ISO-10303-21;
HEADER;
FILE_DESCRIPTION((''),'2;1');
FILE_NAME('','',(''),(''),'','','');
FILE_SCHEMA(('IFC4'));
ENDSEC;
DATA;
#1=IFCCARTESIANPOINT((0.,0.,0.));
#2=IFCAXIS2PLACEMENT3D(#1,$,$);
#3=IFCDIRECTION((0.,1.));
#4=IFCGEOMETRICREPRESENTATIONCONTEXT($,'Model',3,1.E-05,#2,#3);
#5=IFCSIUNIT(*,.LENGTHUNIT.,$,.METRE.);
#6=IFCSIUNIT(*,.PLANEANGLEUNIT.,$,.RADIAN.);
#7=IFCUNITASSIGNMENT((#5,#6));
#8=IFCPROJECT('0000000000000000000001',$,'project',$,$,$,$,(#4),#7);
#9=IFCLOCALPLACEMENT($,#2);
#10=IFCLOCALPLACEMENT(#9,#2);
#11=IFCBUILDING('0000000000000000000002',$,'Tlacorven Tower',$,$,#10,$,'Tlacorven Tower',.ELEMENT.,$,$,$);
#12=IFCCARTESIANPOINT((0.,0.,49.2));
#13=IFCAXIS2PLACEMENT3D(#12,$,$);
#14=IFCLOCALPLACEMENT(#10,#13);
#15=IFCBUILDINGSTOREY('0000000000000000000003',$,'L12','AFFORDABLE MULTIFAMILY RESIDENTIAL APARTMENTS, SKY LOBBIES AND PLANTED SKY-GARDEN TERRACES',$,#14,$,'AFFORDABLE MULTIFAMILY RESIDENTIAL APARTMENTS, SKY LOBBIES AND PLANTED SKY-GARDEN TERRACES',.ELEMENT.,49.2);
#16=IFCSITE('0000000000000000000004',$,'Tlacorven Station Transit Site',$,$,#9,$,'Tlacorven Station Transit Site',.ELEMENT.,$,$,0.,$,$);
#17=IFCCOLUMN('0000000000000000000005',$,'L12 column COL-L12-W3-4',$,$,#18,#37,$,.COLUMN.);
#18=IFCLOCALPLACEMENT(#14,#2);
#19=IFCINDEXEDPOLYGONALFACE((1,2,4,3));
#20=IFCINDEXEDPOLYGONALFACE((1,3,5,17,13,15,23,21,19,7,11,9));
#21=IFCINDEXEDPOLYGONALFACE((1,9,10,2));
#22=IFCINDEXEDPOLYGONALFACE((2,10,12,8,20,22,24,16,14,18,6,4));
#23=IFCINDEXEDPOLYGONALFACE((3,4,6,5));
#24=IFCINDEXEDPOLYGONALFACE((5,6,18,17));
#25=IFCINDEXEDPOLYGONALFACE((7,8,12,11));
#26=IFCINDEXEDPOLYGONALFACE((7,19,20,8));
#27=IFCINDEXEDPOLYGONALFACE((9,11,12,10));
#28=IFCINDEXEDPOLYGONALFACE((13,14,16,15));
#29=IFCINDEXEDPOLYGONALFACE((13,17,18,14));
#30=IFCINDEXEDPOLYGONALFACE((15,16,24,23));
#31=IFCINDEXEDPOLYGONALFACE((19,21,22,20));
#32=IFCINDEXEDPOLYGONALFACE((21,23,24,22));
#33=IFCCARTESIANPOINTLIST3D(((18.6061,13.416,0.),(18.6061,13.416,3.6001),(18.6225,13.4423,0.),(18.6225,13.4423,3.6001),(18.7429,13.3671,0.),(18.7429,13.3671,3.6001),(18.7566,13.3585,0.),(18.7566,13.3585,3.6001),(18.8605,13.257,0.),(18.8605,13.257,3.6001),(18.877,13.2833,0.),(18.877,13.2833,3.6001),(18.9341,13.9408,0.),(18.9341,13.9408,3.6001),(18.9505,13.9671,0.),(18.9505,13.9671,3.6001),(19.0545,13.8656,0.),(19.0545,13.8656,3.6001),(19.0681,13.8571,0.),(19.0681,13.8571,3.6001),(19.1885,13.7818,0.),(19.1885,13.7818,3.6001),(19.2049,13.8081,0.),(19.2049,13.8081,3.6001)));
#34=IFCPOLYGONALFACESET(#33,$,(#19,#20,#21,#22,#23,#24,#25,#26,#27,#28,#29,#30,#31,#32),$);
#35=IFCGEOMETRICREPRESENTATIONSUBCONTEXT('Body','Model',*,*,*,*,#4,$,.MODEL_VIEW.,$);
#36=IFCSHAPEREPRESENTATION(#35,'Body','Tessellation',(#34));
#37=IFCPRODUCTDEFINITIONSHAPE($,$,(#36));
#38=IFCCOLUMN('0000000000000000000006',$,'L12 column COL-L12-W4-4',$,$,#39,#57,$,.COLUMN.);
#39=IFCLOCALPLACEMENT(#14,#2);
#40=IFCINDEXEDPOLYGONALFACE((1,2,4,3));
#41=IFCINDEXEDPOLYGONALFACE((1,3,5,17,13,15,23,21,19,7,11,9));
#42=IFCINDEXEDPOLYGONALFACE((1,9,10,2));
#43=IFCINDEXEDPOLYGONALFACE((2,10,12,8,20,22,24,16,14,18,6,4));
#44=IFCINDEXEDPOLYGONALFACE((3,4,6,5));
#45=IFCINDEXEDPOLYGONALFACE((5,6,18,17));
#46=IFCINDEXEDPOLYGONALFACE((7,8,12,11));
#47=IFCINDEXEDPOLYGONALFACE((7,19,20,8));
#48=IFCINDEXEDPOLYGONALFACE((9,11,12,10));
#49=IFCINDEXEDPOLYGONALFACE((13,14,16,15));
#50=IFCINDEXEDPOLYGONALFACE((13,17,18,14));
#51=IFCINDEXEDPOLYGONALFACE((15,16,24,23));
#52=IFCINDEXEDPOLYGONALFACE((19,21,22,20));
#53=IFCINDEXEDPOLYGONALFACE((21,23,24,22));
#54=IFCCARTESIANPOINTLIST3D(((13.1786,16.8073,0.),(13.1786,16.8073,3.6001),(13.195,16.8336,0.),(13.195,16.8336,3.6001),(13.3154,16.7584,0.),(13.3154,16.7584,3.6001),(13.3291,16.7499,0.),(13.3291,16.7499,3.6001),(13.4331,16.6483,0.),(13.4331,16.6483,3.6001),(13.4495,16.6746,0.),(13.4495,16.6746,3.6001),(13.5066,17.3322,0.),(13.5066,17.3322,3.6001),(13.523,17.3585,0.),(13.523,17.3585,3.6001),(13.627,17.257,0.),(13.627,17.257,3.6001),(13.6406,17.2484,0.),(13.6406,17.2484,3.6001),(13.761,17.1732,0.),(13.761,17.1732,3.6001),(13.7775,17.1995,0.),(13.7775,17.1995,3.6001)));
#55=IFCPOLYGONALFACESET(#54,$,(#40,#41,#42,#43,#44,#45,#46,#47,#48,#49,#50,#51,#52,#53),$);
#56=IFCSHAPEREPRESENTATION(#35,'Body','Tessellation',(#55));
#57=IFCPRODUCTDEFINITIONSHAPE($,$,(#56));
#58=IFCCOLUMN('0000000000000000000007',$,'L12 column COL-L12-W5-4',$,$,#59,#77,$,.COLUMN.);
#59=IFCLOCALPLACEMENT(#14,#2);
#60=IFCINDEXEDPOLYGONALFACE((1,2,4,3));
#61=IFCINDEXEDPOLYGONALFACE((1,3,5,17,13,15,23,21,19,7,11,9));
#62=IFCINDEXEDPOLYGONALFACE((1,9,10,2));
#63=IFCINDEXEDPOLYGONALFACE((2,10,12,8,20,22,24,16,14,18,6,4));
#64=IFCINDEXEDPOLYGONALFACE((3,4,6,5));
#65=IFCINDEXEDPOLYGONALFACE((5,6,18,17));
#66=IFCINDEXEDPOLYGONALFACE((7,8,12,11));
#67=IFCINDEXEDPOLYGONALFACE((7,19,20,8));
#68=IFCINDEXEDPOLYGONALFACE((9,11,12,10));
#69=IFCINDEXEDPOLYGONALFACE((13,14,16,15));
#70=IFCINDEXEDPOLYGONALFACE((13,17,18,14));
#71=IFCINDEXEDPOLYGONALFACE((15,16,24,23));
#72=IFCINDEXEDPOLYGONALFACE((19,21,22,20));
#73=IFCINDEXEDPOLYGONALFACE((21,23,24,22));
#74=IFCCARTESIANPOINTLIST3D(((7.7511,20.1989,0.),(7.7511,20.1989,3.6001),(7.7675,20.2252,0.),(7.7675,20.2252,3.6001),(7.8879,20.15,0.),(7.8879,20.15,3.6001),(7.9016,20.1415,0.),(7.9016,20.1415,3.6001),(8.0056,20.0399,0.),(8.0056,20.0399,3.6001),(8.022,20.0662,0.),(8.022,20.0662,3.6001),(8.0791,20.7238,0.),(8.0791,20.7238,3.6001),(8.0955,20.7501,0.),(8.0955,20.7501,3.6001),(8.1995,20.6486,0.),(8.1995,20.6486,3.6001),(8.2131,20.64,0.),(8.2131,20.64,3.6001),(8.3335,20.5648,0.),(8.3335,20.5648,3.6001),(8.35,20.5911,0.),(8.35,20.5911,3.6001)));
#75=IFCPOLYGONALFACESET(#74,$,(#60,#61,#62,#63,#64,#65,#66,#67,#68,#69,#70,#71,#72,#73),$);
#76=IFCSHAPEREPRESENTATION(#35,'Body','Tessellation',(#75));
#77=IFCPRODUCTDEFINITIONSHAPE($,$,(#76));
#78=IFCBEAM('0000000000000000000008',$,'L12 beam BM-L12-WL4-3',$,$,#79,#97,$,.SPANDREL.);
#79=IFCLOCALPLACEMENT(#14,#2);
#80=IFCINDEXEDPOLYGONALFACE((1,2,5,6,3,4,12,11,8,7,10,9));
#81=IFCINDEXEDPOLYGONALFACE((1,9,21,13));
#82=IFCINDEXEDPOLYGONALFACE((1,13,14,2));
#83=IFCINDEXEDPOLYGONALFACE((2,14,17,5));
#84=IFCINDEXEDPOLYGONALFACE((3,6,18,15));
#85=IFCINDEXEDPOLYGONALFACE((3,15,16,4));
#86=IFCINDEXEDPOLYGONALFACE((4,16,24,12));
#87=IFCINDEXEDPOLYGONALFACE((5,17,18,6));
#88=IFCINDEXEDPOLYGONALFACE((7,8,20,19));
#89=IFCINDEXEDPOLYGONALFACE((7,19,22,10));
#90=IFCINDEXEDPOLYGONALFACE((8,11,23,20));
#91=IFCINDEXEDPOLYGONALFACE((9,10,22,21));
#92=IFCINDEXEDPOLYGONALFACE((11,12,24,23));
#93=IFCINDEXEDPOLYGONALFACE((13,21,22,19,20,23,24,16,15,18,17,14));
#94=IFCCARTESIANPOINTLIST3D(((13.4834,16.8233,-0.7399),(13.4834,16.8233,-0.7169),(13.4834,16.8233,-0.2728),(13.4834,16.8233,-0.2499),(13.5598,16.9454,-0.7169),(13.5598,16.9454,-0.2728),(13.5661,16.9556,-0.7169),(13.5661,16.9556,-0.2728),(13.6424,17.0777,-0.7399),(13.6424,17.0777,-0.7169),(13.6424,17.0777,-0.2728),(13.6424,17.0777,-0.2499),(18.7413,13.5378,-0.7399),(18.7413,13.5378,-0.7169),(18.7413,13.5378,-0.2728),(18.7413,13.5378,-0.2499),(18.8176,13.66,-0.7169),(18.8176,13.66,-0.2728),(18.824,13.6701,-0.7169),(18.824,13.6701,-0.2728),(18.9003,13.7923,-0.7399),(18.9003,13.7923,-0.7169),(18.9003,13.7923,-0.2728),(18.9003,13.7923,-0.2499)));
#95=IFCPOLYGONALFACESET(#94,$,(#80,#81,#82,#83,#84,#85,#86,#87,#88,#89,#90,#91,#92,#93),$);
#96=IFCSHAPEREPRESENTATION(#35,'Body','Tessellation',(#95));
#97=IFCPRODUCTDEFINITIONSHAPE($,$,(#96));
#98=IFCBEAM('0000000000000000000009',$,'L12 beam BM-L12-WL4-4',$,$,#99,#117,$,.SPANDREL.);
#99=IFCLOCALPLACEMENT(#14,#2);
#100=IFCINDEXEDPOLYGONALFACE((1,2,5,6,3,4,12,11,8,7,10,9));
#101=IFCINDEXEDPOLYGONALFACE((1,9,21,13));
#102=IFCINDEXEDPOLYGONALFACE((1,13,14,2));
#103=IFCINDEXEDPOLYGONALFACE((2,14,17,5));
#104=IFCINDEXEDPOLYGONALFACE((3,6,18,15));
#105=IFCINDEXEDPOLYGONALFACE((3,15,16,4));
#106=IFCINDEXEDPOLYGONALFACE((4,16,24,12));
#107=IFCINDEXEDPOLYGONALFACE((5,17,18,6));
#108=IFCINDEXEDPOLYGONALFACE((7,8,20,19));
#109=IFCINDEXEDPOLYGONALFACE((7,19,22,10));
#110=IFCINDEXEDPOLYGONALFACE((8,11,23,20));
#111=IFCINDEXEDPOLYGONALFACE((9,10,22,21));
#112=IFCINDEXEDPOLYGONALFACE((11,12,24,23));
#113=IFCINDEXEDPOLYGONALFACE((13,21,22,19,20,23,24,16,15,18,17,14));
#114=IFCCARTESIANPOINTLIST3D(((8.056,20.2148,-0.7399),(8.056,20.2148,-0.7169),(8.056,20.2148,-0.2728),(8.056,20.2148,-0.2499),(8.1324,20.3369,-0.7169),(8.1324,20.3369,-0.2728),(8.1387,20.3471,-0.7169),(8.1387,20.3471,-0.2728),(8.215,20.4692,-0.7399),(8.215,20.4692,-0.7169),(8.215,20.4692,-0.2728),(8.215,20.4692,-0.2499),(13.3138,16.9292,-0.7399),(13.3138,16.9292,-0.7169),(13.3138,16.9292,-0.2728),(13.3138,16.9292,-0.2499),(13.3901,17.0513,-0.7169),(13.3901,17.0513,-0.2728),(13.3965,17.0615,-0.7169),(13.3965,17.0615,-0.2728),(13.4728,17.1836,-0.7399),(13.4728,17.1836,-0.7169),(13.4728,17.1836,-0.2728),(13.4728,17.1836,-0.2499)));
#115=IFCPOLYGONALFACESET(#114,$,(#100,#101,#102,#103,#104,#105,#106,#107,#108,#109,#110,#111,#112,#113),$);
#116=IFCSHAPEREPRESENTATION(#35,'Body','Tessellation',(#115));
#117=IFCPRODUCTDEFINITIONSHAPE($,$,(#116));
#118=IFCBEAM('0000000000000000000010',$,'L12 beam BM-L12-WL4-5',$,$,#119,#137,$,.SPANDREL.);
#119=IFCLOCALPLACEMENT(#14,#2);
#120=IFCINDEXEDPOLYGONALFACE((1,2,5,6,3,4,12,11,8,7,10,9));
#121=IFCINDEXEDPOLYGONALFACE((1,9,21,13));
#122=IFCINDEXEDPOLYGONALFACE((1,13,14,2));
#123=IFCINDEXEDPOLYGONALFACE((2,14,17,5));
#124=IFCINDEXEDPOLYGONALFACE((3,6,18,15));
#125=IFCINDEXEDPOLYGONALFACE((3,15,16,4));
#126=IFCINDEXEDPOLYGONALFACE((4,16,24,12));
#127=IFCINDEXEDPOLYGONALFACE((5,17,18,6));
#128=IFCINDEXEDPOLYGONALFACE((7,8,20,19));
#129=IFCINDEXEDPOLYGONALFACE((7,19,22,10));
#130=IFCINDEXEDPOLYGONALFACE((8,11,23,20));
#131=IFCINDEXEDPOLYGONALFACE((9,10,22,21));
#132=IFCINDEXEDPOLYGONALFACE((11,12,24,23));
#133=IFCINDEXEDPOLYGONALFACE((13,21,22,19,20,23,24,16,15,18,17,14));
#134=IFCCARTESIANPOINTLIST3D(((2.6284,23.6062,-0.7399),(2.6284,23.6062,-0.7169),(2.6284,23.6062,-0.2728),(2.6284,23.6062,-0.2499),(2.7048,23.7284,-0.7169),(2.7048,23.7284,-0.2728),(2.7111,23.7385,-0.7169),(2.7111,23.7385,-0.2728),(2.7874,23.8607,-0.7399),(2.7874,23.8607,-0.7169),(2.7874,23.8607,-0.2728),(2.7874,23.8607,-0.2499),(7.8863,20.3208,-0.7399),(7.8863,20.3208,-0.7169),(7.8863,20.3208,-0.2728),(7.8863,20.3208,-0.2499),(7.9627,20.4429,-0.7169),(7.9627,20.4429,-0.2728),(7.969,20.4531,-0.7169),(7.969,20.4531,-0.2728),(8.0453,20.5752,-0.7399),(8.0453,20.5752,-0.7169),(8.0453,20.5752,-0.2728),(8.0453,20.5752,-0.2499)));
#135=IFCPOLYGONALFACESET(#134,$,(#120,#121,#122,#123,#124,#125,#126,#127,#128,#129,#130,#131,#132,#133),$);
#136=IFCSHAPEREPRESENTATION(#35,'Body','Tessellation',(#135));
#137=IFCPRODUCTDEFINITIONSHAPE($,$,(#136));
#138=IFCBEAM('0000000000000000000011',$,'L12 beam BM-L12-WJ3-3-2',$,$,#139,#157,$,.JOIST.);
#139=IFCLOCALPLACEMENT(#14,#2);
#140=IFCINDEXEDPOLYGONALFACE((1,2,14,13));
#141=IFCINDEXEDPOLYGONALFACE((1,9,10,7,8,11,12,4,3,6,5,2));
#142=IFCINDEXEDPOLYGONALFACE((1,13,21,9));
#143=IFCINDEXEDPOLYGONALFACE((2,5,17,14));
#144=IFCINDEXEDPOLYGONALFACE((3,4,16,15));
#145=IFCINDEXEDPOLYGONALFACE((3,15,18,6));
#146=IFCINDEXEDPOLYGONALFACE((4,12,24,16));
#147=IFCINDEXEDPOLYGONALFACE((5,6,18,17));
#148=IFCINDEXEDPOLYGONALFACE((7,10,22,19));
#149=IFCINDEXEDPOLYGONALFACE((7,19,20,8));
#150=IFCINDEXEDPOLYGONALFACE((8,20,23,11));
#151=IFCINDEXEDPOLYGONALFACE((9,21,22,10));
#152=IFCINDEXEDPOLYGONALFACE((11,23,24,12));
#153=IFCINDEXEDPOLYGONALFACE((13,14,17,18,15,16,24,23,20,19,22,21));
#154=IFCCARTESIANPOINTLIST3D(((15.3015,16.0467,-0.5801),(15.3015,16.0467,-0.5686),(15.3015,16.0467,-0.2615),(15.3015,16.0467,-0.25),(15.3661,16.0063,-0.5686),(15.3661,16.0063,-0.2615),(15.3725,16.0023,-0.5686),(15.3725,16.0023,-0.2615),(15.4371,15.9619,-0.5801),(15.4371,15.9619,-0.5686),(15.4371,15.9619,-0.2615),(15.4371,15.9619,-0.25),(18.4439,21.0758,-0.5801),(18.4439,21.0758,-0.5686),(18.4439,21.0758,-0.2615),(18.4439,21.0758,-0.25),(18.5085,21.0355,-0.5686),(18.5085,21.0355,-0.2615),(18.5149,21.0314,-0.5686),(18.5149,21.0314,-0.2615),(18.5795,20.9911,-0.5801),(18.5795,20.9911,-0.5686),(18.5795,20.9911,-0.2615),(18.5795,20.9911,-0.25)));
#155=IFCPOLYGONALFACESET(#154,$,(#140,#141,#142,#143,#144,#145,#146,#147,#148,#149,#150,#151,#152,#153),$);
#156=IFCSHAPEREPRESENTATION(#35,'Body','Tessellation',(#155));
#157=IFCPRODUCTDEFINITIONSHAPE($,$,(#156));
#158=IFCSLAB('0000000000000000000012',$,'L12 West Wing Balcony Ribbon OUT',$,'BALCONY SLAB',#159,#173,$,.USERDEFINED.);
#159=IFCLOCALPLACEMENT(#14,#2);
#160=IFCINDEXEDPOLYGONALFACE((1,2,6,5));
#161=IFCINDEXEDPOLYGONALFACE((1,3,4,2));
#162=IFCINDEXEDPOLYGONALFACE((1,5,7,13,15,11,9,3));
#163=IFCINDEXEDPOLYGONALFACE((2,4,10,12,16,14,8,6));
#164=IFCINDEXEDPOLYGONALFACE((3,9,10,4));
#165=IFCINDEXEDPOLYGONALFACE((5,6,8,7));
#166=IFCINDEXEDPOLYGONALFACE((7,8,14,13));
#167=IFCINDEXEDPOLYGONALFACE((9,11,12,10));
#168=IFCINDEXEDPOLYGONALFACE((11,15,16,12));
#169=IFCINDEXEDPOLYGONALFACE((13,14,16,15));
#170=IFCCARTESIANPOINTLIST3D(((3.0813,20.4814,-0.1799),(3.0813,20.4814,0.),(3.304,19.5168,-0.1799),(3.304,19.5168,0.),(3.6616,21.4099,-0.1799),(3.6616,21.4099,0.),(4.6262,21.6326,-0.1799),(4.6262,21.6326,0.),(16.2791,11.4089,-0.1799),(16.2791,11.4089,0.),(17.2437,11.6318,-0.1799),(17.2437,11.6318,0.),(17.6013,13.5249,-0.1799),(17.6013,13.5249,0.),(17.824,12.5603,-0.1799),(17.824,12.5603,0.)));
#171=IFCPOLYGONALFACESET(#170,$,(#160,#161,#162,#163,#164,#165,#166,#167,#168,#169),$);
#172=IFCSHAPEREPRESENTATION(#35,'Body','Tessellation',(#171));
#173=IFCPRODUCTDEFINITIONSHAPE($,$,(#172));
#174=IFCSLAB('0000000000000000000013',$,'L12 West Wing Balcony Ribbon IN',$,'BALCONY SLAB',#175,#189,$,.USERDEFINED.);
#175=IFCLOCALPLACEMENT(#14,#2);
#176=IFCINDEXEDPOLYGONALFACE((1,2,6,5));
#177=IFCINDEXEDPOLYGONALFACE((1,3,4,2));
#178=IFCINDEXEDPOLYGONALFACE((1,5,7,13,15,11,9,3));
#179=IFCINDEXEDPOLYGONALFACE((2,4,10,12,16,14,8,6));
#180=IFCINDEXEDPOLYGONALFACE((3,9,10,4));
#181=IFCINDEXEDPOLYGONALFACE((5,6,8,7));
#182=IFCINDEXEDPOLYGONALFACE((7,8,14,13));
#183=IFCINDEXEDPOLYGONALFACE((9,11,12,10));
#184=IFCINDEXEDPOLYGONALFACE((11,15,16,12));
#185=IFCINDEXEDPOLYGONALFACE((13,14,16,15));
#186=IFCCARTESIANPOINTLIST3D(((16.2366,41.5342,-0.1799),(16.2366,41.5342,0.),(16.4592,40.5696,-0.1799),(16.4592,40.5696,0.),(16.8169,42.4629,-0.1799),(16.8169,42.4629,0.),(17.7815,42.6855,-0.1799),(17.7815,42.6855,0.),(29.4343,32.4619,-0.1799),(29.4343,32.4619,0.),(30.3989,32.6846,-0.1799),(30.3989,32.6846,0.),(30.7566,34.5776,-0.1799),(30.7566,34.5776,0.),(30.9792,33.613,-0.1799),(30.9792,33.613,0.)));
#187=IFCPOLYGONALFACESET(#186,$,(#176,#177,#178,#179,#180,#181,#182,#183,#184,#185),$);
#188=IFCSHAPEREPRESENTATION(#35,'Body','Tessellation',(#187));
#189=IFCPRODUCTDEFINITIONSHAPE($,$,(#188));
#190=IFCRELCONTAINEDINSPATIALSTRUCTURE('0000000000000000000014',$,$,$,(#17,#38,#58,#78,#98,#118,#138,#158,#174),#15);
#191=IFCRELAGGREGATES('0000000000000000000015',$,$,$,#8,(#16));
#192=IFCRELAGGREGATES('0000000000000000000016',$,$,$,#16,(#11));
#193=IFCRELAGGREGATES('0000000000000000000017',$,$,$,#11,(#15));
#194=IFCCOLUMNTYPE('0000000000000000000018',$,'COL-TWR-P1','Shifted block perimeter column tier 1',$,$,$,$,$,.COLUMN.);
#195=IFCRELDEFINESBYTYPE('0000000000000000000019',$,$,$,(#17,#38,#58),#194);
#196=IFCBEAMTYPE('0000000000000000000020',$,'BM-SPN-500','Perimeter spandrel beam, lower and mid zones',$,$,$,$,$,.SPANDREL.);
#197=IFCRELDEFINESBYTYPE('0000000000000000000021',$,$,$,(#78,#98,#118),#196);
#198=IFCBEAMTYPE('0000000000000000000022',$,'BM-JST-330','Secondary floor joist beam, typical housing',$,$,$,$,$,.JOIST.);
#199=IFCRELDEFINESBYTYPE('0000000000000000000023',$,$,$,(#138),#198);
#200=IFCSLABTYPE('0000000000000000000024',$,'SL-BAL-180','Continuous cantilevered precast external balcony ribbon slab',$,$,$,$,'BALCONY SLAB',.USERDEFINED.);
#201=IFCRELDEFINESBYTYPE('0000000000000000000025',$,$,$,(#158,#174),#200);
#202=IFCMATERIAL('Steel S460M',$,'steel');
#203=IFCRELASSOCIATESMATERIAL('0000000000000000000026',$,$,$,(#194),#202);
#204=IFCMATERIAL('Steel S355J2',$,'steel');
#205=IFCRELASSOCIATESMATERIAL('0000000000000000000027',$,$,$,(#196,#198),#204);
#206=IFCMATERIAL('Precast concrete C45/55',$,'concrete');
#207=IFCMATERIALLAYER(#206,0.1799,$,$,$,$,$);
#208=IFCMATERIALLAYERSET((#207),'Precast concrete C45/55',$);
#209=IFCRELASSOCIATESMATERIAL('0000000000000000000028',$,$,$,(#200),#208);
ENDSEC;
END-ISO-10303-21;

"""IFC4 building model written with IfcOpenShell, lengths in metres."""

from ifc_helpers import new_model, si_unit, direction, frame, origin, origin_2d, place, context, subcontext, project, spatial, polyline, i_section, outline, extrude, source, transform, mapped, material, layer, layer_set, material_profile, profile_set, type_object, element, save


model = new_model("IFC4")

# Units and contexts
model_context = context("Model", 3, precision=1e-05, world=origin(), true_north=direction((0.0, 1.0)))
body_context = subcontext(model_context, "Body", "Model", "MODEL_VIEW")
ifc_project = project(units=[si_unit("LENGTHUNIT", "METRE"), si_unit("PLANEANGLEUNIT", "RADIAN")], contexts=[model_context])

# Site, building, storey
site_placement = place(None, origin())
site = spatial("IfcSite", under=ifc_project, at=site_placement, Name="Tlacorven Station Transit Site", LongName="Tlacorven Station Transit Site", CompositionType="ELEMENT", RefElevation=0.0)
building_placement = place(site_placement, origin())
building = spatial("IfcBuilding", under=site, at=building_placement, Name="Tlacorven Tower", LongName="Tlacorven Tower", CompositionType="ELEMENT")
storey_placement = place(building_placement, frame((0.0, 0.0, 49.2)))
storey = spatial("IfcBuildingStorey", under=building, at=storey_placement, Name="L12", Description="AFFORDABLE MULTIFAMILY RESIDENTIAL APARTMENTS, SKY LOBBIES AND PLANTED SKY-GARDEN TERRACES", LongName="AFFORDABLE MULTIFAMILY RESIDENTIAL APARTMENTS, SKY LOBBIES AND PLANTED SKY-GARDEN TERRACES", CompositionType="ELEMENT", Elevation=49.2)

# Columns
ifc_material_1 = material(Name="Steel S460M", Category="steel")
ifc_material_profile_1 = material_profile(ifc_material_1, i_section(OverallWidth=0.3, OverallDepth=0.6499, WebThickness=0.0161, FlangeThickness=0.031, at=origin_2d()), Name="HEB 650")
ifc_profile_set_1 = profile_set([ifc_material_profile_1], Name="Steel S460M")
column_type = type_object("IfcColumnType", Name="COL-TWR-P1", Description="Shifted block perimeter column tier 1", PredefinedType="COLUMN", material=ifc_profile_set_1)
shared_shape_1 = source(origin(), body_context, "Body", "SweptSolid", [
    extrude(i_section(OverallWidth=0.3, OverallDepth=0.6499, WebThickness=0.0161, FlangeThickness=0.031, at=origin_2d()), origin(), (0.0, 0.0, 1.0), 3.6001),
])
for number, where, z_axis, x_axis, name in (
    (1, (18.9055, 13.6121, 0.0), (0.0, 0.0, 1.0), (-0.848048, 0.529919, 0.0), "L12 column COL-L12-W3-4"),
    (2, (13.478, 17.0034, 0.0), (0.0, 0.0, 1.0), (-0.848048, 0.529919, 0.0), "L12 column COL-L12-W4-4"),
    (3, (8.0505, 20.395, 0.0), (0.0, 0.0, 1.0), (-0.848048, 0.529919, 0.0), "L12 column COL-L12-W5-4"),
):
    element("IfcColumn", number, at=place(storey_placement, frame(where, z_axis=z_axis, x_axis=x_axis)), inside=storey, type_object=column_type, Name=name, PredefinedType="COLUMN", context=body_context, shape_type="MappedRepresentation", body=[
        mapped(shared_shape_1, transform((0.0, 0.0, 0.0), scale=1.0)),
    ])

# Beams
ifc_material_2 = material(Name="Steel S355J2", Category="steel")
ifc_material_profile_2 = material_profile(ifc_material_2, i_section(OverallWidth=0.3, OverallDepth=0.49, WebThickness=0.012, FlangeThickness=0.0229, at=origin_2d()), Name="HEA 500")
ifc_profile_set_2 = profile_set([ifc_material_profile_2], Name="Steel S355J2")
beam_type_1 = type_object("IfcBeamType", Name="BM-SPN-500", Description="Perimeter spandrel beam, lower and mid zones", PredefinedType="SPANDREL", material=ifc_profile_set_2)
shared_shape_2 = source(origin(), body_context, "Body", "SweptSolid", [
    extrude(i_section(OverallWidth=0.3, OverallDepth=0.49, WebThickness=0.012, FlangeThickness=0.0229, at=origin_2d()), origin(), (0.0, 0.0, 1.0), 6.2),
])
for number, where, z_axis, x_axis, name in (
    (4, (18.8208, 13.665, -0.4949), (-0.848051, 0.529914, 0.0), (-0.529914, -0.848051, 0.0), "L12 beam BM-L12-WL4-3"),
    (5, (13.3933, 17.0564, -0.4949), (-0.848034, 0.529942, 0.0), (-0.529942, -0.848034, 0.0), "L12 beam BM-L12-WL4-4"),
    (6, (7.9658, 20.448, -0.4949), (-0.848051, 0.529914, 0.0), (-0.529914, -0.848051, 0.0), "L12 beam BM-L12-WL4-5"),
):
    element("IfcBeam", number, at=place(storey_placement, frame(where, z_axis=z_axis, x_axis=x_axis)), inside=storey, type_object=beam_type_1, Name=name, PredefinedType="SPANDREL", context=body_context, shape_type="MappedRepresentation", body=[
        mapped(shared_shape_2, transform((0.0, 0.0, 0.0), scale=1.0)),
    ])
ifc_material_profile_3 = material_profile(ifc_material_2, i_section(OverallWidth=0.1599, OverallDepth=0.3301, WebThickness=0.0076, FlangeThickness=0.0115, at=origin_2d()), Name="IPE 330")
ifc_profile_set_3 = profile_set([ifc_material_profile_3], Name="Steel S355J2")
beam_type_2 = type_object("IfcBeamType", Name="BM-JST-330", Description="Secondary floor joist beam, typical housing", PredefinedType="JOIST", material=ifc_profile_set_3)
shared_shape_3 = source(origin(), body_context, "Body", "SweptSolid", [
    extrude(i_section(OverallWidth=0.1599, OverallDepth=0.3301, WebThickness=0.0076, FlangeThickness=0.0115, at=origin_2d()), origin(), (0.0, 0.0, 1.0), 5.9302),
])
beam_placement = place(storey_placement, frame((18.5117, 21.0334, -0.415), z_axis=(-0.529899, -0.848061, 0.0), x_axis=(0.848061, -0.529899, 0.0)))
element("IfcBeam", 7, at=beam_placement, inside=storey, type_object=beam_type_2, Name="L12 beam BM-L12-WJ3-3-2", PredefinedType="JOIST", context=body_context, shape_type="MappedRepresentation", body=[
    mapped(shared_shape_3, transform((0.0, 0.0, 0.0), scale=1.0)),
])

# Slabs
ifc_material_3 = material(Name="Precast concrete C45/55", Category="concrete")
ifc_layer_1 = layer(ifc_material_3, 0.1799)
ifc_layer_set_1 = layer_set([ifc_layer_1], Name="Precast concrete C45/55")
slab_type_1 = type_object("IfcSlabType", Name="SL-BAL-180", Description="Continuous cantilevered precast external balcony ribbon slab", ElementType="BALCONY SLAB", PredefinedType="USERDEFINED", material=ifc_layer_set_1)
slab_1_placement = place(storey_placement, frame((0.0, 0.0, -0.1799)))
element("IfcSlab", 8, at=slab_1_placement, inside=storey, type_object=slab_type_1, Name="L12 West Wing Balcony Ribbon OUT", ObjectType="BALCONY SLAB", PredefinedType="USERDEFINED", context=body_context, shape_type="SweptSolid", body=[
    extrude(outline(polyline([(17.6013, 13.5249), (4.6262, 21.6326), (3.6616, 21.4099), (3.0813, 20.4814), (3.304, 19.5168), (16.2791, 11.4089), (17.2437, 11.6318), (17.824, 12.5603), (17.6013, 13.5249)])), origin(), (0.0, 0.0, 1.0), 0.1799),
])
slab_2_placement = place(storey_placement, frame((0.0, 0.0, -0.1799)))
element("IfcSlab", 9, at=slab_2_placement, inside=storey, type_object=slab_type_1, Name="L12 West Wing Balcony Ribbon IN", ObjectType="BALCONY SLAB", PredefinedType="USERDEFINED", context=body_context, shape_type="SweptSolid", body=[
    extrude(outline(polyline([(30.7566, 34.5776), (17.7815, 42.6855), (16.8169, 42.4629), (16.2366, 41.5342), (16.4592, 40.5696), (29.4343, 32.4619), (30.3989, 32.6846), (30.9792, 33.613), (30.7566, 34.5776)])), origin(), (0.0, 0.0, 1.0), 0.1799),
])

save(model, "model.ifc")
